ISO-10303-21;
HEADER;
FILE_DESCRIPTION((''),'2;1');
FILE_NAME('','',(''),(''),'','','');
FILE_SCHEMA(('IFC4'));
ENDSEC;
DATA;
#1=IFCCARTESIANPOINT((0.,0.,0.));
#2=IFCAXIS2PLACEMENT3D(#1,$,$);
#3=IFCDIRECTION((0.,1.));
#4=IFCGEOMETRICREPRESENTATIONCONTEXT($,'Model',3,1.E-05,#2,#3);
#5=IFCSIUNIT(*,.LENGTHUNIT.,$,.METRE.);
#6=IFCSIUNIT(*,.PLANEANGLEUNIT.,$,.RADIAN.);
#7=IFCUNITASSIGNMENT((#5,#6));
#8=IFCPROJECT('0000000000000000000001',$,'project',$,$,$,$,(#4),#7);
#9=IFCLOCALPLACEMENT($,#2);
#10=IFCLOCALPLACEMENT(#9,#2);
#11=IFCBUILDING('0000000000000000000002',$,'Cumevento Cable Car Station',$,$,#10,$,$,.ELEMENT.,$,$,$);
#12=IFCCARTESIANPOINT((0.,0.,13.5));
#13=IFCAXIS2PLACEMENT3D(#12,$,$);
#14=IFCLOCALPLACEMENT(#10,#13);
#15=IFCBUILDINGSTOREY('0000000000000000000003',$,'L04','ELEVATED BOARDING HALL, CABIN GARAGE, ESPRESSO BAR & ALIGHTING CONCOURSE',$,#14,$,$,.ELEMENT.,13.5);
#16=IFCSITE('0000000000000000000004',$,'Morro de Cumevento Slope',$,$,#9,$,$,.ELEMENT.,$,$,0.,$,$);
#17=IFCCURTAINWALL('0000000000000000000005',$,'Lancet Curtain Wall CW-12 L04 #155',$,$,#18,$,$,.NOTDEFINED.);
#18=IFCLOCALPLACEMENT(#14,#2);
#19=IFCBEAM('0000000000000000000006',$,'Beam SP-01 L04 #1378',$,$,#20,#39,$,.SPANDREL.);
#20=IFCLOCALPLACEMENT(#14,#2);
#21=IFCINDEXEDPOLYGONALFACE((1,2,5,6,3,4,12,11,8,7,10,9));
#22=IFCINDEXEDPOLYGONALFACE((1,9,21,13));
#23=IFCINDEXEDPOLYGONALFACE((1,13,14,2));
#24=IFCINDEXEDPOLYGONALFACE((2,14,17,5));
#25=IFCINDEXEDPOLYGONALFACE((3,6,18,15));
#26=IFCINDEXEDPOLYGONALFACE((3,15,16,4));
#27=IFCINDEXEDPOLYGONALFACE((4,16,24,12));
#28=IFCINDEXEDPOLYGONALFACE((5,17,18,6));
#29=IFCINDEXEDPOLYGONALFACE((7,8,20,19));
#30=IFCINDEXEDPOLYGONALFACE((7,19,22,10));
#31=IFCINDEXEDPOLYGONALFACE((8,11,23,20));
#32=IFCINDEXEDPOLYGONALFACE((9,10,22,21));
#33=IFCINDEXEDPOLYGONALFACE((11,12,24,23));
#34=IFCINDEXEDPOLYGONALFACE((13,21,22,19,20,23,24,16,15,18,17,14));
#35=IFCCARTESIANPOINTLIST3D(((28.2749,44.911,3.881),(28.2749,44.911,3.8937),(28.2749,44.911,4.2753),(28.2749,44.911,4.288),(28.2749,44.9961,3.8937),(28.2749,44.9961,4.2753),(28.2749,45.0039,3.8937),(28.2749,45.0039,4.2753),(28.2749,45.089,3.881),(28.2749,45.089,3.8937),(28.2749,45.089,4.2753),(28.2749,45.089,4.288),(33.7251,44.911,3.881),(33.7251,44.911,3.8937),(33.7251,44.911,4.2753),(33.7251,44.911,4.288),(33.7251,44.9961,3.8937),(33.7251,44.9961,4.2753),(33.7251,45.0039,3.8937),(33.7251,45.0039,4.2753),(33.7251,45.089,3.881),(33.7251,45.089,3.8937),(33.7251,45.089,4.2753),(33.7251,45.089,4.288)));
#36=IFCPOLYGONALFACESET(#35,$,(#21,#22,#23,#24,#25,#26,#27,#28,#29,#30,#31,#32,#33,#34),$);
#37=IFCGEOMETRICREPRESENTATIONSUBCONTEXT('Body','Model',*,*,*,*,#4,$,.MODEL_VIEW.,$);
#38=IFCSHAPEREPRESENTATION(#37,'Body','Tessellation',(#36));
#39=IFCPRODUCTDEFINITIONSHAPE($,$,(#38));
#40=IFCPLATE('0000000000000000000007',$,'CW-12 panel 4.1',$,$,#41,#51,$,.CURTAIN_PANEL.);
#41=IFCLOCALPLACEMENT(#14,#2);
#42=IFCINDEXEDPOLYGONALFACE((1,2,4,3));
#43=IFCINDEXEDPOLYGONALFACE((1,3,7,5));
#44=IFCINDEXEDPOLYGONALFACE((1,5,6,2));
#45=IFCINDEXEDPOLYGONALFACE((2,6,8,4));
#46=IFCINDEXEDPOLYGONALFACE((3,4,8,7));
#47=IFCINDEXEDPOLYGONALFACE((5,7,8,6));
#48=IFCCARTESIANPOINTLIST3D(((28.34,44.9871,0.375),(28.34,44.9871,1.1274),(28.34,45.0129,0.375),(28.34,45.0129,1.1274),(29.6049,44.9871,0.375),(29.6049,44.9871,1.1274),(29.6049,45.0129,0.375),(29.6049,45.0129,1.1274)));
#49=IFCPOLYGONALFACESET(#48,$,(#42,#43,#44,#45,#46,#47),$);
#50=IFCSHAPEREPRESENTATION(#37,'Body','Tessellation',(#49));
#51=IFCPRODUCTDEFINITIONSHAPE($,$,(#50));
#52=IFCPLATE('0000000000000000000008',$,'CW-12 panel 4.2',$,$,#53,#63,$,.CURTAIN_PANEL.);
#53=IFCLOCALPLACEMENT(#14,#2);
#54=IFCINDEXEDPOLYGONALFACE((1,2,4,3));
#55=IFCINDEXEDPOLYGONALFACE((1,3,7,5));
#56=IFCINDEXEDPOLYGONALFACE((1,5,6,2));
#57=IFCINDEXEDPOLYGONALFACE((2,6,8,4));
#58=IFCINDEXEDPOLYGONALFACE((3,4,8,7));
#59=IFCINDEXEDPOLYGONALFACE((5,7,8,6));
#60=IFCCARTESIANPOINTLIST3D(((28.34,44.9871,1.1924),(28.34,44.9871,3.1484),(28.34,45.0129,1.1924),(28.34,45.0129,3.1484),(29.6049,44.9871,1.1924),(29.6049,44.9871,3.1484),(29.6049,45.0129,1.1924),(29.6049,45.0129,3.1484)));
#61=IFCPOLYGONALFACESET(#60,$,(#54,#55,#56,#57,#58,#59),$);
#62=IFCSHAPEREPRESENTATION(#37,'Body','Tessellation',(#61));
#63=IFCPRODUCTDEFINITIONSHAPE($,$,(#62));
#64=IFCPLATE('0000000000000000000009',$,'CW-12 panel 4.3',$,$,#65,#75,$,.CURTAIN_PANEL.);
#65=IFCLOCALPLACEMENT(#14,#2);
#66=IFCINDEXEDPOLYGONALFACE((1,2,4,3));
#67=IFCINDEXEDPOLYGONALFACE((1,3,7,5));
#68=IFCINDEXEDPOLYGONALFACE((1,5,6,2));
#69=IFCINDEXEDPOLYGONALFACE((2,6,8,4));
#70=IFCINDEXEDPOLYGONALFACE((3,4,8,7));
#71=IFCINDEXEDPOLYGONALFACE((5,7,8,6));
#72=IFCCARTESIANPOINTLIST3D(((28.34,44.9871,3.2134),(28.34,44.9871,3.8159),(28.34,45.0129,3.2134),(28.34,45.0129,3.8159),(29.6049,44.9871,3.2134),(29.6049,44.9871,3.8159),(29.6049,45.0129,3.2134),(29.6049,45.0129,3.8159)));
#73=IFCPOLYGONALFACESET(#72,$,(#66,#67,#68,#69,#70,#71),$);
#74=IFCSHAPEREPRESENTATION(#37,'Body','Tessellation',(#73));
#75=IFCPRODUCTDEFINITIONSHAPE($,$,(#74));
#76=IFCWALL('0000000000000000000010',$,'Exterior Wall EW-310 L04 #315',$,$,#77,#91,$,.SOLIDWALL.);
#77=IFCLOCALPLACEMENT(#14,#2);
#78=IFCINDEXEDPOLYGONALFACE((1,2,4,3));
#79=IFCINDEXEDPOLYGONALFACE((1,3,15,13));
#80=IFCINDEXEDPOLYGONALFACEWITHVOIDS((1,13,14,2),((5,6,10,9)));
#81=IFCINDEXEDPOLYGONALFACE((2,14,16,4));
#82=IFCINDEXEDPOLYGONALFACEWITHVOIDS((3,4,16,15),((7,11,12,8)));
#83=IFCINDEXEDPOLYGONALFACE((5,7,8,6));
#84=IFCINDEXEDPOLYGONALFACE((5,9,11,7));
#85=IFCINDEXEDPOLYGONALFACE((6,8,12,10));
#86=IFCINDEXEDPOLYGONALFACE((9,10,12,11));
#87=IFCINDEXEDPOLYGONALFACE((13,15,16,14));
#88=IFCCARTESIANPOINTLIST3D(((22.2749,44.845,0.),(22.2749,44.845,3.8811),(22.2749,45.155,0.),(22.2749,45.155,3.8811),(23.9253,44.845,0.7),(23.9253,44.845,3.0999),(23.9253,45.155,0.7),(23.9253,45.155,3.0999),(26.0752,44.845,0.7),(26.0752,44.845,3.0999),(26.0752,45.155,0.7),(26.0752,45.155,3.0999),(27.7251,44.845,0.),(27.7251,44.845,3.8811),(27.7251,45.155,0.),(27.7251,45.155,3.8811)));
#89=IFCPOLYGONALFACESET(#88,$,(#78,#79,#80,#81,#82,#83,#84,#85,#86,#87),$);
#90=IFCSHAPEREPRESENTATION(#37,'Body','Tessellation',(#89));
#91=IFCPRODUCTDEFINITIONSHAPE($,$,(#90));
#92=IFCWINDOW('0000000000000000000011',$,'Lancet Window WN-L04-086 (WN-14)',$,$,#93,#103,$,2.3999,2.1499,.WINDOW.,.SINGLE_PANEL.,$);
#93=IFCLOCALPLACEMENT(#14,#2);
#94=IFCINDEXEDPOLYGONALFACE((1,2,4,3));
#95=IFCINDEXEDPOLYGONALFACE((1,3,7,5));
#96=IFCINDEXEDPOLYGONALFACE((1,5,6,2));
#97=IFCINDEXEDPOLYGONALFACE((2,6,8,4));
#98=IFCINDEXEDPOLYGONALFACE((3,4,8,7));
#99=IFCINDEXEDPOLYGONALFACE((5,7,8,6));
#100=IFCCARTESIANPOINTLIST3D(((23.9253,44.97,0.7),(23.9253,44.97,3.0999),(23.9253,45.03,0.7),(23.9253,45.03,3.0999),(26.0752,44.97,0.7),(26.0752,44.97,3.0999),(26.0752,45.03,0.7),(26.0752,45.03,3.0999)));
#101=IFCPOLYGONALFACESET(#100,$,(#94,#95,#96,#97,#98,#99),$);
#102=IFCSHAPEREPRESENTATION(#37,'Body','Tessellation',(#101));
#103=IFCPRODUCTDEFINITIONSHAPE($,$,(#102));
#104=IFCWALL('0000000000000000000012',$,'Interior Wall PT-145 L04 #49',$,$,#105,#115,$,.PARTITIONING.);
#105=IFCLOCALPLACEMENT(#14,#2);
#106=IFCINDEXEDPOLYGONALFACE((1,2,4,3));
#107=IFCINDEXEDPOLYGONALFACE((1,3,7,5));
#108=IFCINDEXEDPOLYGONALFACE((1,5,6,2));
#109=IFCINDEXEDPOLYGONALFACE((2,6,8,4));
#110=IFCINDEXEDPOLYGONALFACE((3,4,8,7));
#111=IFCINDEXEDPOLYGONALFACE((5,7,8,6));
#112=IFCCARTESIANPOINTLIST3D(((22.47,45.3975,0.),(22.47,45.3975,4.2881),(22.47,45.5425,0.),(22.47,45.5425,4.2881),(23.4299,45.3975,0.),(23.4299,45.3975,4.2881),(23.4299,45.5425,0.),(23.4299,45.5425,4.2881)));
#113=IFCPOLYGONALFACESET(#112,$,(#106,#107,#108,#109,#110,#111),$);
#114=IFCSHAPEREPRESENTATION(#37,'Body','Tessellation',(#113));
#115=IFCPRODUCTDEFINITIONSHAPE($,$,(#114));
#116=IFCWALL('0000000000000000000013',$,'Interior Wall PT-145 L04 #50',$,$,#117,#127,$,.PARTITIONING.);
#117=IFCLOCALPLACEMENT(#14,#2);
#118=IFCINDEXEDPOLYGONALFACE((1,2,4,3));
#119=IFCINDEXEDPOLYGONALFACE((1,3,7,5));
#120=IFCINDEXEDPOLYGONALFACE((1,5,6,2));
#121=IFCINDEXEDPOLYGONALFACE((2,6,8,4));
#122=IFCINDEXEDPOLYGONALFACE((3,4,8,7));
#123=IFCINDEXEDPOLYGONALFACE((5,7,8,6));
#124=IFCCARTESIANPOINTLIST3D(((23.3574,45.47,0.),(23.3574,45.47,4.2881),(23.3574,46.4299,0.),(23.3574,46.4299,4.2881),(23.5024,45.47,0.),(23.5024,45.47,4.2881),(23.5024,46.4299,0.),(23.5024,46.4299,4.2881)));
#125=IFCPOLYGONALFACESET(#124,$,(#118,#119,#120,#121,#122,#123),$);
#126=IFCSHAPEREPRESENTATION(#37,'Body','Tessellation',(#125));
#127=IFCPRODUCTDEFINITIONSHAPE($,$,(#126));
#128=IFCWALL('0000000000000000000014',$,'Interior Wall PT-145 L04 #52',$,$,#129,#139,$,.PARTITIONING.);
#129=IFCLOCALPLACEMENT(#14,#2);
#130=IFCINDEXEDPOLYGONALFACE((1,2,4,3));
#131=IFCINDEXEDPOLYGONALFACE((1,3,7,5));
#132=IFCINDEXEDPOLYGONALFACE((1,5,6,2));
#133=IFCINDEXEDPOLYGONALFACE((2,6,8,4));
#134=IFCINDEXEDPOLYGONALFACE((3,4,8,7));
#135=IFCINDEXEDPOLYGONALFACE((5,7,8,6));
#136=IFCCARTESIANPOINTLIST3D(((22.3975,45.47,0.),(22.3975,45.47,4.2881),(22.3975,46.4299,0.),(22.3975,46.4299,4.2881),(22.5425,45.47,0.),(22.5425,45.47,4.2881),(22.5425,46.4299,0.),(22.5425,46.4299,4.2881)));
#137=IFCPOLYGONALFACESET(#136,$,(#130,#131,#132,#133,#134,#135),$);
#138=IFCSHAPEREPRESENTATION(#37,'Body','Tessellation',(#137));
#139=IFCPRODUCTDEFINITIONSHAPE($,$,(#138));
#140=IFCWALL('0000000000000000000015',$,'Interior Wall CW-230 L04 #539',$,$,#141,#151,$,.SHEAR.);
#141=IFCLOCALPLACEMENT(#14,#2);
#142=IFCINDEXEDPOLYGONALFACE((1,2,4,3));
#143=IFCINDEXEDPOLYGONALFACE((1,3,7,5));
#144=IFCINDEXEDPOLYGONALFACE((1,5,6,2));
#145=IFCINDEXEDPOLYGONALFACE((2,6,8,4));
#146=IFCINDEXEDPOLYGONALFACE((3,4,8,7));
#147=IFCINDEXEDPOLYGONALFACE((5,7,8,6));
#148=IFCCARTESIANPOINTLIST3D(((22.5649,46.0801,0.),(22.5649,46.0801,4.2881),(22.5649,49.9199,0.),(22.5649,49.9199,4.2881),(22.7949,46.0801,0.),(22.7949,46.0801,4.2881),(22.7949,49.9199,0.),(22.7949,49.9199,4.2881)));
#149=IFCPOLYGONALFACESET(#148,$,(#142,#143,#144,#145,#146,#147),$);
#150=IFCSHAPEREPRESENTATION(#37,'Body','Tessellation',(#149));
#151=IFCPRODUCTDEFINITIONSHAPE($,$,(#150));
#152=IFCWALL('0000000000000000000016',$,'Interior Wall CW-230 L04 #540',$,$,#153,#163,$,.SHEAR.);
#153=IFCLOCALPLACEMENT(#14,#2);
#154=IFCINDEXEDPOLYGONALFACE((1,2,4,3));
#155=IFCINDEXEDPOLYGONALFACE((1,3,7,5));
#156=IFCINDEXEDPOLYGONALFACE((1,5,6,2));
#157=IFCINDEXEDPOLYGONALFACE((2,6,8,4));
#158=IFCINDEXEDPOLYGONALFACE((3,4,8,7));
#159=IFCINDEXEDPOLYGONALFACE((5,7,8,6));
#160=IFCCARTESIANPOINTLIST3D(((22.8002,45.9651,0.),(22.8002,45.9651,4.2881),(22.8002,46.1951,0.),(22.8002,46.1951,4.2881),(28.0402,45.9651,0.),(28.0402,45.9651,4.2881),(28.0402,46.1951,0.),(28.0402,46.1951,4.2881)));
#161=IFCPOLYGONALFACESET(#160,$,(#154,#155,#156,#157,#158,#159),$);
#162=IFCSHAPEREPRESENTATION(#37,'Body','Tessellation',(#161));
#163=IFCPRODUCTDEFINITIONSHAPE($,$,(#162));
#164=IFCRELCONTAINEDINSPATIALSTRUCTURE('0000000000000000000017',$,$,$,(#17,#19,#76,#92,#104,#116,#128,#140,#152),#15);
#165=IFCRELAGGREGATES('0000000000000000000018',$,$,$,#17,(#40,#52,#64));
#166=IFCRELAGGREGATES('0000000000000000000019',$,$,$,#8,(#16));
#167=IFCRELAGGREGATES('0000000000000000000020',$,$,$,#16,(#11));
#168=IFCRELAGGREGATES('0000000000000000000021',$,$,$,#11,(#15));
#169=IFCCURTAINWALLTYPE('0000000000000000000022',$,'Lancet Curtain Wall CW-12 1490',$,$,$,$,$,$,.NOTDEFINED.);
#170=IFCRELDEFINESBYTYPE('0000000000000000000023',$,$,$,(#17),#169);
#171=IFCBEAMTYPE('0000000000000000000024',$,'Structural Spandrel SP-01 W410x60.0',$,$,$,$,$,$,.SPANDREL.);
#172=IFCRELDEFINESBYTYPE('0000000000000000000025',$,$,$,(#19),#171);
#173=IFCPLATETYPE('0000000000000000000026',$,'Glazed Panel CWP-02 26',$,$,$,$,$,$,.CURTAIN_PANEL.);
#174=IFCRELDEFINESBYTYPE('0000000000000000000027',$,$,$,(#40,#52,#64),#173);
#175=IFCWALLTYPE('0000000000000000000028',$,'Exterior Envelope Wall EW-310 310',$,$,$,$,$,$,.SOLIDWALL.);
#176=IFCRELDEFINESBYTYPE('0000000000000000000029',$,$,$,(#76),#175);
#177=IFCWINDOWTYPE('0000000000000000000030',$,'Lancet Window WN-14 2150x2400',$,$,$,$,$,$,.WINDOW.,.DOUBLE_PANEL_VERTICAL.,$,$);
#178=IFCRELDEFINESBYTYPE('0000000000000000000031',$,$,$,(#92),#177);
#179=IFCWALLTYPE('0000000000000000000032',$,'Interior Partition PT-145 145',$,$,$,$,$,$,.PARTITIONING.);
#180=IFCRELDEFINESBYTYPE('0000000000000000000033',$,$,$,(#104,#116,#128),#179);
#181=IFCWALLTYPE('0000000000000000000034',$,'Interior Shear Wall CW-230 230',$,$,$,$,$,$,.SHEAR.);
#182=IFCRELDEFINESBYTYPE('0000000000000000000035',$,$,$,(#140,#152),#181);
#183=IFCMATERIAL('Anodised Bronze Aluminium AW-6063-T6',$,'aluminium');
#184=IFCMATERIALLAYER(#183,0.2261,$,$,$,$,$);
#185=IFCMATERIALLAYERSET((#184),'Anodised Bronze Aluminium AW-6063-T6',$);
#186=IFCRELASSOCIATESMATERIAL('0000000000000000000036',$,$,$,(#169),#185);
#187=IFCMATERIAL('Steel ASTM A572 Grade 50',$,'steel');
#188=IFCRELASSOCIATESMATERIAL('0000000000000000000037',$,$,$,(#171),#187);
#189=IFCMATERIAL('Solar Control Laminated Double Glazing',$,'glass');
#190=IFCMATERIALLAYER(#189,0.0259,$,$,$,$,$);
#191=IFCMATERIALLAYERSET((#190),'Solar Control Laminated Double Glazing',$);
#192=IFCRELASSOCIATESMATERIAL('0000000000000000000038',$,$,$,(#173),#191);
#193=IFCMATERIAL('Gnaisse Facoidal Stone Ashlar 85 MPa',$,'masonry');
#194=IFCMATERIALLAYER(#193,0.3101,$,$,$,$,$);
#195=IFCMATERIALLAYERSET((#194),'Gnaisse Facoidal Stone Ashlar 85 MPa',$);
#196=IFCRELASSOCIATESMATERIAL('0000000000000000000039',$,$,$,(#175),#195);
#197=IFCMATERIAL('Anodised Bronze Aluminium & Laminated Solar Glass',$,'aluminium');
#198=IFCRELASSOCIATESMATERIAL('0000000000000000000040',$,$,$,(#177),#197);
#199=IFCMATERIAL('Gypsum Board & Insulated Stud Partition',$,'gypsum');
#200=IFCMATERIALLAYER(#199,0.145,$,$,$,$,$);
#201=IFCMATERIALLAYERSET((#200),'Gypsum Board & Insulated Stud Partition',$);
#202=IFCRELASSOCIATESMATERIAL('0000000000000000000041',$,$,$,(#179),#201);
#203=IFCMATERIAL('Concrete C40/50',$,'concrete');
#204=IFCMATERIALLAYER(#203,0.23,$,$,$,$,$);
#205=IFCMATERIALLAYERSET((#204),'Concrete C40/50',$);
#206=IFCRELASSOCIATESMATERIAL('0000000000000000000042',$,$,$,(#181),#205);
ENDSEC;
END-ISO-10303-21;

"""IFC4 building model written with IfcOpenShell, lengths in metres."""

from ifc_helpers import new_model, si_unit, direction, frame, frame_2d, origin, origin_2d, place, context, subcontext, project, spatial, rectangle, i_section, extrude, material, layer, layer_set, material_profile, profile_set, type_object, element, fill, aggregate, save


model = new_model("IFC4")

# Units and contexts
model_context = context("Model", 3, precision=1e-05, world=origin(), true_north=direction((0.0, 1.0)))
body_context = subcontext(model_context, "Body", "Model", "MODEL_VIEW")
ifc_project = project(units=[si_unit("LENGTHUNIT", "METRE"), si_unit("PLANEANGLEUNIT", "RADIAN")], contexts=[model_context])

# Site, building, storey
site_placement = place(None, origin())
site = spatial("IfcSite", under=ifc_project, at=site_placement, Name="Morro de Cumevento Slope", CompositionType="ELEMENT", RefElevation=0.0)
building_placement = place(site_placement, origin())
building = spatial("IfcBuilding", under=site, at=building_placement, Name="Cumevento Cable Car Station", CompositionType="ELEMENT")
storey_placement = place(building_placement, frame((0.0, 0.0, 13.5)))
storey = spatial("IfcBuildingStorey", under=building, at=storey_placement, Name="L04", Description="ELEVATED BOARDING HALL, CABIN GARAGE, ESPRESSO BAR & ALIGHTING CONCOURSE", CompositionType="ELEMENT", Elevation=13.5)

# Curtain wall
ifc_material_1 = material(Name="Anodised Bronze Aluminium AW-6063-T6", Category="aluminium")
ifc_layer_1 = layer(ifc_material_1, 0.2261)
ifc_layer_set_1 = layer_set([ifc_layer_1], Name="Anodised Bronze Aluminium AW-6063-T6")
curtain_wall_type = type_object("IfcCurtainWallType", Name="Lancet Curtain Wall CW-12 1490", PredefinedType="NOTDEFINED", material=ifc_layer_set_1)
curtain_wall_placement = place(storey_placement, origin())
curtain_wall = element("IfcCurtainWall", 1, at=curtain_wall_placement, inside=storey, type_object=curtain_wall_type, Name="Lancet Curtain Wall CW-12 L04 #155", PredefinedType="NOTDEFINED")

# Beam
ifc_material_2 = material(Name="Steel ASTM A572 Grade 50", Category="steel")
ifc_material_profile_1 = material_profile(ifc_material_2, i_section(OverallWidth=0.178, OverallDepth=0.407, WebThickness=0.0078, FlangeThickness=0.0127, at=origin_2d()), Name="W410x60.0")
ifc_profile_set_1 = profile_set([ifc_material_profile_1], Name="Steel ASTM A572 Grade 50")
beam_type_1 = type_object("IfcBeamType", Name="Structural Spandrel SP-01 W410x60.0", PredefinedType="SPANDREL", material=ifc_profile_set_1)
for number, where, z_axis, x_axis, name in (
    (2, (28.2749, 45.0, 4.0845), (1.0, 0.0, 0.0), (0.0, 1.0, 0.0), "Beam SP-01 L04 #1378"),
):
    element("IfcBeam", number, at=place(storey_placement, frame(where, z_axis=z_axis, x_axis=x_axis)), inside=storey, type_object=beam_type_1, Name=name, PredefinedType="SPANDREL", context=body_context, shape_type="SweptSolid", body=[
        extrude(i_section(OverallWidth=0.178, OverallDepth=0.407, WebThickness=0.0078, FlangeThickness=0.0127, at=origin_2d()), origin(), (0.0, 0.0, 1.0), 5.4502),
    ])

# Plates
ifc_material_3 = material(Name="Solar Control Laminated Double Glazing", Category="glass")
ifc_layer_2 = layer(ifc_material_3, 0.0259)
ifc_layer_set_2 = layer_set([ifc_layer_2], Name="Solar Control Laminated Double Glazing")
plate_type = type_object("IfcPlateType", Name="Glazed Panel CWP-02 26", PredefinedType="CURTAIN_PANEL", material=ifc_layer_set_2)
plate_1_placement = place(storey_placement, frame((28.9724, 45.0, 0.375), z_axis=(0.0, 0.0, 1.0), x_axis=(-1.0, 0.0, 0.0)))
plate_1 = element("IfcPlate", 3, at=plate_1_placement, type_object=plate_type, Name="CW-12 panel 4.1", PredefinedType="CURTAIN_PANEL", context=body_context, shape_type="SweptSolid", body=[
    extrude(rectangle(XDim=1.2649, YDim=0.0259, at=origin_2d()), origin(), (0.0, 0.0, 1.0), 0.7524),
])
plate_2_placement = place(storey_placement, frame((28.9724, 45.0, 1.1924), z_axis=(0.0, 0.0, 1.0), x_axis=(-1.0, 0.0, 0.0)))
plate_2 = element("IfcPlate", 4, at=plate_2_placement, type_object=plate_type, Name="CW-12 panel 4.2", PredefinedType="CURTAIN_PANEL", context=body_context, shape_type="SweptSolid", body=[
    extrude(rectangle(XDim=1.2649, YDim=0.0259, at=origin_2d()), origin(), (0.0, 0.0, 1.0), 1.9561),
])
plate_3_placement = place(storey_placement, frame((28.9724, 45.0, 3.2134), z_axis=(0.0, 0.0, 1.0), x_axis=(-1.0, 0.0, 0.0)))
plate_3 = element("IfcPlate", 5, at=plate_3_placement, type_object=plate_type, Name="CW-12 panel 4.3", PredefinedType="CURTAIN_PANEL", context=body_context, shape_type="SweptSolid", body=[
    extrude(rectangle(XDim=1.2649, YDim=0.0259, at=origin_2d()), origin(), (0.0, 0.0, 1.0), 0.6025),
])
aggregate(curtain_wall, [plate_1, plate_2, plate_3])

# Wall, opening, window
ifc_material_4 = material(Name="Gnaisse Facoidal Stone Ashlar 85 MPa", Category="masonry")
ifc_layer_3 = layer(ifc_material_4, 0.3101)
ifc_layer_set_3 = layer_set([ifc_layer_3], Name="Gnaisse Facoidal Stone Ashlar 85 MPa")
wall_type_1 = type_object("IfcWallType", Name="Exterior Envelope Wall EW-310 310", PredefinedType="SOLIDWALL", material=ifc_layer_set_3)
wall_1_placement = place(storey_placement, frame((27.7251, 45.0, 0.0), z_axis=(0.0, 0.0, 1.0), x_axis=(-1.0, 0.0, 0.0)))
wall_1 = element("IfcWall", 6, at=wall_1_placement, inside=storey, type_object=wall_type_1, Name="Exterior Wall EW-310 L04 #315", PredefinedType="SOLIDWALL", context=body_context, shape_type="SweptSolid", body=[
    extrude(rectangle(XDim=5.4502, YDim=0.3101, at=frame_2d((2.7251, 0.0))), origin(), (0.0, 0.0, 1.0), 3.8811),
])
opening_placement = place(wall_1_placement, frame((1.6499, 0.0, 0.7)))
opening = element("IfcOpeningElement", 7, at=opening_placement, cuts=wall_1, PredefinedType="OPENING", context=body_context, shape_type="SweptSolid", body=[
    extrude(rectangle(XDim=2.1499, YDim=2.3999, at=frame_2d((1.075, 1.2))), frame((0.0, 0.165, 0.0), z_axis=(0.0, -1.0, 0.0), x_axis=(1.0, 0.0, 0.0)), (0.0, 0.0, 1.0), 0.3301),
])
ifc_material_5 = material(Name="Anodised Bronze Aluminium & Laminated Solar Glass", Category="aluminium")
window_type = type_object("IfcWindowType", Name="Lancet Window WN-14 2150x2400", PartitioningType="DOUBLE_PANEL_VERTICAL", PredefinedType="WINDOW", material=ifc_material_5)
window_placement = place(opening_placement, origin())
window = element("IfcWindow", 8, at=window_placement, inside=storey, type_object=window_type, Name="Lancet Window WN-L04-086 (WN-14)", OverallHeight=2.3999, OverallWidth=2.1499, PartitioningType="SINGLE_PANEL", PredefinedType="WINDOW", context=body_context, shape_type="SweptSolid", body=[
    extrude(rectangle(XDim=2.1499, YDim=2.3999, at=frame_2d((1.075, 1.2))), frame((0.0, 0.03, 0.0), z_axis=(0.0, -1.0, 0.0), x_axis=(1.0, 0.0, 0.0)), (0.0, 0.0, 1.0), 0.0601),
])
fill(opening, window)

# Walls
ifc_material_6 = material(Name="Gypsum Board & Insulated Stud Partition", Category="gypsum")
ifc_layer_4 = layer(ifc_material_6, 0.145)
ifc_layer_set_4 = layer_set([ifc_layer_4], Name="Gypsum Board & Insulated Stud Partition")
wall_type_2 = type_object("IfcWallType", Name="Interior Partition PT-145 145", PredefinedType="PARTITIONING", material=ifc_layer_set_4)
for number, where, z_axis, x_axis, name in (
    (9, (22.47, 45.47, 0.0), (0.0, 0.0, 1.0), (1.0, 0.0, 0.0), "Interior Wall PT-145 L04 #49"),
    (10, (23.4299, 45.47, 0.0), (0.0, 0.0, 1.0), (0.0, 1.0, 0.0), "Interior Wall PT-145 L04 #50"),
    (11, (22.47, 46.4299, 0.0), (0.0, 0.0, 1.0), (0.0, -1.0, 0.0), "Interior Wall PT-145 L04 #52"),
):
    element("IfcWall", number, at=place(storey_placement, frame(where, z_axis=z_axis, x_axis=x_axis)), inside=storey, type_object=wall_type_2, Name=name, PredefinedType="PARTITIONING", context=body_context, shape_type="SweptSolid", body=[
        extrude(rectangle(XDim=0.96, YDim=0.145, at=frame_2d((0.48, 0.0))), origin(), (0.0, 0.0, 1.0), 4.2881),
    ])
ifc_material_7 = material(Name="Concrete C40/50", Category="concrete")
ifc_layer_5 = layer(ifc_material_7, 0.23)
ifc_layer_set_5 = layer_set([ifc_layer_5], Name="Concrete C40/50")
wall_type_3 = type_object("IfcWallType", Name="Interior Shear Wall CW-230 230", PredefinedType="SHEAR", material=ifc_layer_set_5)
wall_2_placement = place(storey_placement, frame((22.6799, 46.0801, 0.0), z_axis=(0.0, 0.0, 1.0), x_axis=(0.0, 1.0, 0.0)))
element("IfcWall", 12, at=wall_2_placement, inside=storey, type_object=wall_type_3, Name="Interior Wall CW-230 L04 #539", PredefinedType="SHEAR", context=body_context, shape_type="SweptSolid", body=[
    extrude(rectangle(XDim=3.8398, YDim=0.23, at=frame_2d((1.9199, 0.0))), origin(), (0.0, 0.0, 1.0), 4.2881),
])
wall_3_placement = place(storey_placement, frame((22.8, 46.0801, 0.0), z_axis=(0.0, 0.0, 1.0), x_axis=(1.0, 0.0, 0.0)))
element("IfcWall", 13, at=wall_3_placement, inside=storey, type_object=wall_type_3, Name="Interior Wall CW-230 L04 #540", PredefinedType="SHEAR", context=body_context, shape_type="SweptSolid", body=[
    extrude(rectangle(XDim=5.24, YDim=0.23, at=frame_2d((2.6201, 0.0))), origin(), (0.0, 0.0, 1.0), 4.2881),
])

save(model, "model.ifc")
